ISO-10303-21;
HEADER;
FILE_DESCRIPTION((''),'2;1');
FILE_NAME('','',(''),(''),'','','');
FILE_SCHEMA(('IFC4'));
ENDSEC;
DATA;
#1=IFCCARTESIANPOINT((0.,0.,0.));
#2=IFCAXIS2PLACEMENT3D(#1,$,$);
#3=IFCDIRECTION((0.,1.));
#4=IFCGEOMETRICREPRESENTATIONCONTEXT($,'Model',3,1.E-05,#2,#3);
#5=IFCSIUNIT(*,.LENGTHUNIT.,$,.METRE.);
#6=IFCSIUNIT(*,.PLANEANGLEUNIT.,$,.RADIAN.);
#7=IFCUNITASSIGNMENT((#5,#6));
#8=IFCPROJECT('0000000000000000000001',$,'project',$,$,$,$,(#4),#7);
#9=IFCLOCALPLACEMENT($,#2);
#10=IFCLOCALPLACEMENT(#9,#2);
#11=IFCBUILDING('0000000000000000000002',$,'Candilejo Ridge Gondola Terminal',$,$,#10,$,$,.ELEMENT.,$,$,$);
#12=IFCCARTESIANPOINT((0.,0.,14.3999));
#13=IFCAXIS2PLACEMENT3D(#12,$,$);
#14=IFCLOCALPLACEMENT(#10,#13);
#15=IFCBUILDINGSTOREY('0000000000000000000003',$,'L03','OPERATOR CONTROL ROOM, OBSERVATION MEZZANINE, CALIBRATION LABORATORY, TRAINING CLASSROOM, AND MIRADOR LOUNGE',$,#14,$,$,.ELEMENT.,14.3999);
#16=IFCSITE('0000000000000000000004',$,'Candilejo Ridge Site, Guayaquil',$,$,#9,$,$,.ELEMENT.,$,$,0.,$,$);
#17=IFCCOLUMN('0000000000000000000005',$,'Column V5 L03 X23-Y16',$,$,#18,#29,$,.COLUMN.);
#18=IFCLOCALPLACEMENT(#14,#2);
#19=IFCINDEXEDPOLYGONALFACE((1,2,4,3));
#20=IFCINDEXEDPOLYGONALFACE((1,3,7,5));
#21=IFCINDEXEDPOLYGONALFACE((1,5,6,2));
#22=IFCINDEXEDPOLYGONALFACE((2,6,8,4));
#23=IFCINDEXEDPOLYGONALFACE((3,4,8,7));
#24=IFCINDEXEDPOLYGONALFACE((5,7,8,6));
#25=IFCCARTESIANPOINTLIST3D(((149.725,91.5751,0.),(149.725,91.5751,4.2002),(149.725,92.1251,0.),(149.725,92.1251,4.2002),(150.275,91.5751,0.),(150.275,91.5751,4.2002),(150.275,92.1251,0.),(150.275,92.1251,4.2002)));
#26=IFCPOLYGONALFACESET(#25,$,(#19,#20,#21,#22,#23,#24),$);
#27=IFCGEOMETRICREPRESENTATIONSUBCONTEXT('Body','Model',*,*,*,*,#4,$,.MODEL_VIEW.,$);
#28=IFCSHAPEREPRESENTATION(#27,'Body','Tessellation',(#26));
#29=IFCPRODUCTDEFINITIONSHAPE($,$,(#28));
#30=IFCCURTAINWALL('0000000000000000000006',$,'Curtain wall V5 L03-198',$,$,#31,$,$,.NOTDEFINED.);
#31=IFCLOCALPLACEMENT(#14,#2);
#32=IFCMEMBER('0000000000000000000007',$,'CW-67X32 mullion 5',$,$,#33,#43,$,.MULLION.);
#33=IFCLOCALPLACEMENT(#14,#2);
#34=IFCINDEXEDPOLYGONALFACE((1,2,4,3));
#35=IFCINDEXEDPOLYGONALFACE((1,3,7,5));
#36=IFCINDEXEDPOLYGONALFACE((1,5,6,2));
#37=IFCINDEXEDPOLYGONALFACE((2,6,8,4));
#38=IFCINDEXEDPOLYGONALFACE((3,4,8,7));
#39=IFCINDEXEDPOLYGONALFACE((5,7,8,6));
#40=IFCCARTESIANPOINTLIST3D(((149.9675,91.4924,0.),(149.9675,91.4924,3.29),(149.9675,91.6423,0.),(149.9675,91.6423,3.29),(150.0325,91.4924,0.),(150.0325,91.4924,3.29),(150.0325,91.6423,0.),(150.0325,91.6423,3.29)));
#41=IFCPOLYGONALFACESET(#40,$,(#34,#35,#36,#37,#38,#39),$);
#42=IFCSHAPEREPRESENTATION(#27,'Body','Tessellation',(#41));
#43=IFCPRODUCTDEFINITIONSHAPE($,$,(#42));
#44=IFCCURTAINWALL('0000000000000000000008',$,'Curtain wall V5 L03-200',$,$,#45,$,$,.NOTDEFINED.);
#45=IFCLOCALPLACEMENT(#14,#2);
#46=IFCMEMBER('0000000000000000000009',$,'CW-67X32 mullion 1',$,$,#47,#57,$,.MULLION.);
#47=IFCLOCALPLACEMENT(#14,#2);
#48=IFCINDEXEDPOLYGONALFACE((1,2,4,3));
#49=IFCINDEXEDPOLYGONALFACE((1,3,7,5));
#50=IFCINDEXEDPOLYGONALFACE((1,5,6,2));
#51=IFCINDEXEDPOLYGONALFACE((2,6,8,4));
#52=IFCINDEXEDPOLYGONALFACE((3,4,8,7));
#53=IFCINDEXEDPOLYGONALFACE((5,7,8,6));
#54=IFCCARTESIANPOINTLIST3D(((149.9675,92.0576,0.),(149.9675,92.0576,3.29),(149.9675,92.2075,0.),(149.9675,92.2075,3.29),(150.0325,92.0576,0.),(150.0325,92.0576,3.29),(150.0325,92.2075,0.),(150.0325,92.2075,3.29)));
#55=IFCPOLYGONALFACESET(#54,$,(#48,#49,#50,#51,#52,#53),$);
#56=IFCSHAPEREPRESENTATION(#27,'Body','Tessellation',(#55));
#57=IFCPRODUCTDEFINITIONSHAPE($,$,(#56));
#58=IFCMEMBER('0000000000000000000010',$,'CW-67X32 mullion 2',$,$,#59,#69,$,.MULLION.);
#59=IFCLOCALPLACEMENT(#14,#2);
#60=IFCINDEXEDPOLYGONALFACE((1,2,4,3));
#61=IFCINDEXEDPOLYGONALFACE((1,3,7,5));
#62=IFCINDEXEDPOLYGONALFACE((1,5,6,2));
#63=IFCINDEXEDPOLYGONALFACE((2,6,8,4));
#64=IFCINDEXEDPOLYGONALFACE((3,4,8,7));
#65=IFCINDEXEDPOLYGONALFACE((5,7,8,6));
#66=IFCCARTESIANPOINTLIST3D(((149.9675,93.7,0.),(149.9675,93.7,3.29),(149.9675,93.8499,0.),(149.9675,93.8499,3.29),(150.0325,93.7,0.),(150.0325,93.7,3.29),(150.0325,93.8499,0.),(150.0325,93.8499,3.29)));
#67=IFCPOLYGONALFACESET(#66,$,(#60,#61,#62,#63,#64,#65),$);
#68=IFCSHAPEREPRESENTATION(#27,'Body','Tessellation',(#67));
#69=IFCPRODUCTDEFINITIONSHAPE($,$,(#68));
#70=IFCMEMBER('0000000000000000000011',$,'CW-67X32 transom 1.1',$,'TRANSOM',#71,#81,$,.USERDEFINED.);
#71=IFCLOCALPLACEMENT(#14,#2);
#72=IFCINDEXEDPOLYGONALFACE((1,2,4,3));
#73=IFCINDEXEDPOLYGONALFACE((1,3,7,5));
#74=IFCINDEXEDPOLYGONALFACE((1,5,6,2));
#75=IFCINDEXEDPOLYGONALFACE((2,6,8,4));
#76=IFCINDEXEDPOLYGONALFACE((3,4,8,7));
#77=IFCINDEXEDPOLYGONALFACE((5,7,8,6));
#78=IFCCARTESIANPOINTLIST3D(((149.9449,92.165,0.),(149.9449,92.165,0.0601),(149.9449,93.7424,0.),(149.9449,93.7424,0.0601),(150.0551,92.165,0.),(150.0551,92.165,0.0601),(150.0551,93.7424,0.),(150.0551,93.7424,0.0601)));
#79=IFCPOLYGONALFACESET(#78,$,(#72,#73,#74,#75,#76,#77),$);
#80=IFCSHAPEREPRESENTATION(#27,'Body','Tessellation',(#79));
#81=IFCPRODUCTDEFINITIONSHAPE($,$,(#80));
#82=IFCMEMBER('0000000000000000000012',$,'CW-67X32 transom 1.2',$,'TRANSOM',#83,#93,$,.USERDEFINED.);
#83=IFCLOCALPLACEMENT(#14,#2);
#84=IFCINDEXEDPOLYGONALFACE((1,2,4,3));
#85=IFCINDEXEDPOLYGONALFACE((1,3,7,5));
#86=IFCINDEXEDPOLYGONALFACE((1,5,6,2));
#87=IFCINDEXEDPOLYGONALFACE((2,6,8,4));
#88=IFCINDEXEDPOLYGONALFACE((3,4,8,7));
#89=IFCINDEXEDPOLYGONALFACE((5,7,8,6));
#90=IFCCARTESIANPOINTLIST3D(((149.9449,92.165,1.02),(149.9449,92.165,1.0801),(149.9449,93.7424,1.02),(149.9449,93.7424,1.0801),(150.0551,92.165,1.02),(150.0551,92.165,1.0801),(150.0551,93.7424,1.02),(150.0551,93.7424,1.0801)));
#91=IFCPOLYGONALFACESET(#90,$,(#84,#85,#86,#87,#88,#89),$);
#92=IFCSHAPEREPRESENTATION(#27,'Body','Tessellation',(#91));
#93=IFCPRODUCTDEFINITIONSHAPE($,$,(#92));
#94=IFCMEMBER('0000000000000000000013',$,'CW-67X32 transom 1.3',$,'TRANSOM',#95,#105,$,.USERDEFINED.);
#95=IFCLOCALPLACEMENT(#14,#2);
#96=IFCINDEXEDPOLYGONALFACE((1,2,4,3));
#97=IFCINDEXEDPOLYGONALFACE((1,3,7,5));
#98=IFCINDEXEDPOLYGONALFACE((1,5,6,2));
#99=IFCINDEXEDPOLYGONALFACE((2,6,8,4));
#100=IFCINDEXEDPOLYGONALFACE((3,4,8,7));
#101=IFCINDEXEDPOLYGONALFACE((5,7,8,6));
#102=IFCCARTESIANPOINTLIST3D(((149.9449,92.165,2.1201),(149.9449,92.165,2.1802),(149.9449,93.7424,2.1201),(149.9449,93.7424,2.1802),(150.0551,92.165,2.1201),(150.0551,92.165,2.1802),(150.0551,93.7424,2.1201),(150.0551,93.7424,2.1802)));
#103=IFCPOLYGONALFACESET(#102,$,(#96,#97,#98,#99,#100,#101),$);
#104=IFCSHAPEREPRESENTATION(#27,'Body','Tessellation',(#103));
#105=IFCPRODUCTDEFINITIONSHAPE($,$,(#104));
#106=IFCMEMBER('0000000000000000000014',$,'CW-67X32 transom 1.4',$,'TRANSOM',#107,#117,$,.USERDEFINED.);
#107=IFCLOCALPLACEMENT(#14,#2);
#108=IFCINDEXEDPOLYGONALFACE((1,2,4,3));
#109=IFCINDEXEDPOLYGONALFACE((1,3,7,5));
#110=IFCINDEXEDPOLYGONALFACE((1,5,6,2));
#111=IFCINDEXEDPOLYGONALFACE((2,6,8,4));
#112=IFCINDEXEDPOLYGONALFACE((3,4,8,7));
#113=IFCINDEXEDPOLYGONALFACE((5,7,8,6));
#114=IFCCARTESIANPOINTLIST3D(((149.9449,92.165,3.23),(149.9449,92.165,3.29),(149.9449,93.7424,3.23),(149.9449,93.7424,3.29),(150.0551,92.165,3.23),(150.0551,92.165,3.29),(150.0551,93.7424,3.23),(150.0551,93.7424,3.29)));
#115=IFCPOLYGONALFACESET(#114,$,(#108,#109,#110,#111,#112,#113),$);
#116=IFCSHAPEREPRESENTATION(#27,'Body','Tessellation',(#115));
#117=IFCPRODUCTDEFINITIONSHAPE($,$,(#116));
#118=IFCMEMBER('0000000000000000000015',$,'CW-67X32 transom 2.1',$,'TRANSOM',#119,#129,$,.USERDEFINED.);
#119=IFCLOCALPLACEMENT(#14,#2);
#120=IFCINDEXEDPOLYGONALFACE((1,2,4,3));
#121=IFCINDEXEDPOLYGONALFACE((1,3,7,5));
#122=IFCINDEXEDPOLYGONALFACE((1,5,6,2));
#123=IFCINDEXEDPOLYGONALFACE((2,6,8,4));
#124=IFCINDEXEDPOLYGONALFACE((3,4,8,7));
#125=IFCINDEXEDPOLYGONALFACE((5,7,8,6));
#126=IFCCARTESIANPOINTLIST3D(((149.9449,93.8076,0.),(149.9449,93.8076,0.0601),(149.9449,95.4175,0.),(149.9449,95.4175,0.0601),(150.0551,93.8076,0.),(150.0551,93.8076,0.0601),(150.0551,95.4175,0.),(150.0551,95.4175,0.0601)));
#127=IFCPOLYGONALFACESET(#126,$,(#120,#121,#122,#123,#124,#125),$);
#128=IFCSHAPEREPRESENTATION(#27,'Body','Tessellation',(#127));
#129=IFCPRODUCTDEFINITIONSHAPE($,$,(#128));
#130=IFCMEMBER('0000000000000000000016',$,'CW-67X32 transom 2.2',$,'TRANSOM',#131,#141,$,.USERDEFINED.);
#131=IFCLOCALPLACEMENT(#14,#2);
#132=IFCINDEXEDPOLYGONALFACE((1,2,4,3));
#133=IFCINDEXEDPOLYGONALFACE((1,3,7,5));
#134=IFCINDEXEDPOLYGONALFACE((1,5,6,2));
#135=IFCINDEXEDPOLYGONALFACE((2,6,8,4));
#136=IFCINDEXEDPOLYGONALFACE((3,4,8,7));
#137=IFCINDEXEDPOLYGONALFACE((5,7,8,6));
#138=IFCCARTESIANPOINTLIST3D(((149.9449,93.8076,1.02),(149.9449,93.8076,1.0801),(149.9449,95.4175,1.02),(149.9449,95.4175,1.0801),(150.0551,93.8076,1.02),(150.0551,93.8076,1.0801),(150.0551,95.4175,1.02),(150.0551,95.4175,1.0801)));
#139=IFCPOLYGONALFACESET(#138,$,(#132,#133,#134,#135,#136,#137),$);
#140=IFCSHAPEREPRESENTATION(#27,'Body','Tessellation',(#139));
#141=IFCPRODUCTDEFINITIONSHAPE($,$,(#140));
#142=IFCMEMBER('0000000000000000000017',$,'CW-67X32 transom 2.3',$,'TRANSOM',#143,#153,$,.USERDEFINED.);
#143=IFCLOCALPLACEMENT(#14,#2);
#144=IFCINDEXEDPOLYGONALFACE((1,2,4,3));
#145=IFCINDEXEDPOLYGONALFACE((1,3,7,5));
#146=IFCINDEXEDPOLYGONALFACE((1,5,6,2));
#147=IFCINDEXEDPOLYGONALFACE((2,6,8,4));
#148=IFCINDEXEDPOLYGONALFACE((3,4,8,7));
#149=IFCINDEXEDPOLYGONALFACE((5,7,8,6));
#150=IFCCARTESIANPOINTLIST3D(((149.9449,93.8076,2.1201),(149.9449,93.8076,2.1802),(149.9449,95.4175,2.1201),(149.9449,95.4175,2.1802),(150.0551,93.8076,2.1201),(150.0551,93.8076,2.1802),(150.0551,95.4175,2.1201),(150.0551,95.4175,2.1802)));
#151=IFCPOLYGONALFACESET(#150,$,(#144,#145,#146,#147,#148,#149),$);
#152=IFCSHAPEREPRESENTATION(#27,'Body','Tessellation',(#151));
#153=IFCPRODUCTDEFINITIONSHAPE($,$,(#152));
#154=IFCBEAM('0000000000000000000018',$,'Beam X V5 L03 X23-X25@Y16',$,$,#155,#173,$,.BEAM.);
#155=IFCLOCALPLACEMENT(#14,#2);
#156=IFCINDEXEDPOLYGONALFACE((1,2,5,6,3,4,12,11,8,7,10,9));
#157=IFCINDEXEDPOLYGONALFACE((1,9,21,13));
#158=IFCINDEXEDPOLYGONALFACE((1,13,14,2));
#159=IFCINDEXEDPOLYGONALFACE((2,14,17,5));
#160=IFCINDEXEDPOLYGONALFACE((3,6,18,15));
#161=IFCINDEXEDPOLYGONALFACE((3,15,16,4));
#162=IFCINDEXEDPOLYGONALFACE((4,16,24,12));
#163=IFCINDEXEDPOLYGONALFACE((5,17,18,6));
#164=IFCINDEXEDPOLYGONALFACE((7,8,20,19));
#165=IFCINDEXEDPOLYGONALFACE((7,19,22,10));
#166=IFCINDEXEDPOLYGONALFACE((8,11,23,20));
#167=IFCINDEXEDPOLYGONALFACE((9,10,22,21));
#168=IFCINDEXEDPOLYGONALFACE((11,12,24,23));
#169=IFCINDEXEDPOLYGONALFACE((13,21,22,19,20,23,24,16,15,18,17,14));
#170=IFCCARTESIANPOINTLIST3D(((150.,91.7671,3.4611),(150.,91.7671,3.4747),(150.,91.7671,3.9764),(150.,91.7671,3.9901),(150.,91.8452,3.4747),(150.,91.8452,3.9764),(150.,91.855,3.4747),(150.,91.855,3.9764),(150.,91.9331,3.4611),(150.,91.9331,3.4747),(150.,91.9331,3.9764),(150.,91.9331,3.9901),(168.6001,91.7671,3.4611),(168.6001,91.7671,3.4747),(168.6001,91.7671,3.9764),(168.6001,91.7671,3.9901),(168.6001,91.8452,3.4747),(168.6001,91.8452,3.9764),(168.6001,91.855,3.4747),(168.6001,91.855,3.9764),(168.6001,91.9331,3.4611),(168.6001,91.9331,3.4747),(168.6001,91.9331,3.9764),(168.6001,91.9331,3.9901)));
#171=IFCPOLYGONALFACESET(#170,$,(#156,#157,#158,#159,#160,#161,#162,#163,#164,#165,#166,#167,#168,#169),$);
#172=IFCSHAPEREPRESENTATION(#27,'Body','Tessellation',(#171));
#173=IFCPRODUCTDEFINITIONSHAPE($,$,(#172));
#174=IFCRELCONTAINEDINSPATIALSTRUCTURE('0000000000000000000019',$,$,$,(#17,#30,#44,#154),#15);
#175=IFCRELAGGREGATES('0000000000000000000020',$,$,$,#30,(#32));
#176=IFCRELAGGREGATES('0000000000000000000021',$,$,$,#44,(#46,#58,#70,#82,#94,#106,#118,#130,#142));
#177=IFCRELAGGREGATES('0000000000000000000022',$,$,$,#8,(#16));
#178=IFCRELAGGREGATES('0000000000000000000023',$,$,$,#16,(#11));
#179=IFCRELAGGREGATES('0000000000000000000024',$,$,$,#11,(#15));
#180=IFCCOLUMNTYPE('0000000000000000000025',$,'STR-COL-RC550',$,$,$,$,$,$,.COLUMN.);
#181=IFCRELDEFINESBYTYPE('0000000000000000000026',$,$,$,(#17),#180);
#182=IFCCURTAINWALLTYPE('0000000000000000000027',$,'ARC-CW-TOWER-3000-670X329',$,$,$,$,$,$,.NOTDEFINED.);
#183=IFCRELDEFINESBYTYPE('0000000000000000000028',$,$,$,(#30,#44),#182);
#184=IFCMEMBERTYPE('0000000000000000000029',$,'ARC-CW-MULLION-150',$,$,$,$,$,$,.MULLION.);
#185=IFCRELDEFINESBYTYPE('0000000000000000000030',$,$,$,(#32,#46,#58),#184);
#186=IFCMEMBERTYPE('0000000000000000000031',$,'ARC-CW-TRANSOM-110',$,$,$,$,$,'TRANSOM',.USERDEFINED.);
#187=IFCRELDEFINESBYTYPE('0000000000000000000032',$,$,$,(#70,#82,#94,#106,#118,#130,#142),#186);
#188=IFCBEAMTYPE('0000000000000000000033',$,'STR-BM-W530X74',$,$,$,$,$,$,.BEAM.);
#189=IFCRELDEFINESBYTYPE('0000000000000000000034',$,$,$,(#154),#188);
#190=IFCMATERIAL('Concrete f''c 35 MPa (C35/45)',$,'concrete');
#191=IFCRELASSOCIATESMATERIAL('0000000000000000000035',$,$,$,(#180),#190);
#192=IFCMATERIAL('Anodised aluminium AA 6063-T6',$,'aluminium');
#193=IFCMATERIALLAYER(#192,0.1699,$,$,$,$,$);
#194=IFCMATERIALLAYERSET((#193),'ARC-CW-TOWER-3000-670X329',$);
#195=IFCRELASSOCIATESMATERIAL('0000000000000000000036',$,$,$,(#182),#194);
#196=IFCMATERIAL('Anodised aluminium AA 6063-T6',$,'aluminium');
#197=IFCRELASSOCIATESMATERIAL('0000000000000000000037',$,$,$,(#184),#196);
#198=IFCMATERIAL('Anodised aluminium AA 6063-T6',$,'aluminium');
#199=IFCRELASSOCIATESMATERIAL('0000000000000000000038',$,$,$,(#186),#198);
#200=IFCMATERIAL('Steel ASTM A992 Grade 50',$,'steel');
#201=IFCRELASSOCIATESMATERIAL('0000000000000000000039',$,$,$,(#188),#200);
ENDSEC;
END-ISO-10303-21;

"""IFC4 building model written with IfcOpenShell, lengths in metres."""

from ifc_helpers import new_model, si_unit, direction, frame, origin, origin_2d, place, context, subcontext, project, spatial, rectangle, i_section, extrude, material, layer, layer_set, material_profile, profile_set, type_object, element, aggregate, save


model = new_model("IFC4")

# Units and contexts
model_context = context("Model", 3, precision=1e-05, world=origin(), true_north=direction((0.0, 1.0)))
body_context = subcontext(model_context, "Body", "Model", "MODEL_VIEW")
ifc_project = project(units=[si_unit("LENGTHUNIT", "METRE"), si_unit("PLANEANGLEUNIT", "RADIAN")], contexts=[model_context])

# Site, building, storey
site_placement = place(None, origin())
site = spatial("IfcSite", under=ifc_project, at=site_placement, Name="Candilejo Ridge Site, Guayaquil", CompositionType="ELEMENT", RefElevation=0.0)
building_placement = place(site_placement, origin())
building = spatial("IfcBuilding", under=site, at=building_placement, Name="Candilejo Ridge Gondola Terminal", CompositionType="ELEMENT")
storey_placement = place(building_placement, frame((0.0, 0.0, 14.3999)))
storey = spatial("IfcBuildingStorey", under=building, at=storey_placement, Name="L03", Description="OPERATOR CONTROL ROOM, OBSERVATION MEZZANINE, CALIBRATION LABORATORY, TRAINING CLASSROOM, AND MIRADOR LOUNGE", CompositionType="ELEMENT", Elevation=14.3999)

# Column
ifc_material_1 = material(Name="Concrete f'c 35 MPa (C35/45)", Category="concrete")
ifc_material_profile_1 = material_profile(ifc_material_1, rectangle(XDim=0.55, YDim=0.55, at=origin_2d()))
ifc_profile_set_1 = profile_set([ifc_material_profile_1], Name="Concrete f'c 35 MPa (C35/45)")
column_type = type_object("IfcColumnType", Name="STR-COL-RC550", PredefinedType="COLUMN", material=ifc_profile_set_1)
column_placement = place(storey_placement, frame((150.0, 91.8501, 0.0), z_axis=(0.0, 0.0, 1.0), x_axis=(1.0, 0.0, 0.0)))
element("IfcColumn", 1, at=column_placement, inside=storey, type_object=column_type, Name="Column V5 L03 X23-Y16", PredefinedType="COLUMN", context=body_context, shape_type="SweptSolid", body=[
    extrude(rectangle(XDim=0.55, YDim=0.55, at=origin_2d()), origin(), (0.0, 0.0, 1.0), 4.2002),
])

# Curtain wall, member
ifc_material_2 = material(Name="Anodised aluminium AA 6063-T6", Category="aluminium")
ifc_layer_1 = layer(ifc_material_2, 0.1699)
ifc_layer_set_1 = layer_set([ifc_layer_1], Name="ARC-CW-TOWER-3000-670X329")
curtain_wall_type = type_object("IfcCurtainWallType", Name="ARC-CW-TOWER-3000-670X329", PredefinedType="NOTDEFINED", material=ifc_layer_set_1)
curtain_wall_1_placement = place(storey_placement, origin())
curtain_wall_1 = element("IfcCurtainWall", 2, at=curtain_wall_1_placement, inside=storey, type_object=curtain_wall_type, Name="Curtain wall V5 L03-198", PredefinedType="NOTDEFINED")
ifc_material_3 = material(Name="Anodised aluminium AA 6063-T6", Category="aluminium")
ifc_material_profile_2 = material_profile(ifc_material_3, rectangle(XDim=0.0649, YDim=0.1499, at=origin_2d()))
ifc_profile_set_2 = profile_set([ifc_material_profile_2], Name="Anodised aluminium AA 6063-T6")
member_type_1 = type_object("IfcMemberType", Name="ARC-CW-MULLION-150", PredefinedType="MULLION", material=ifc_profile_set_2)
member_1_placement = place(storey_placement, frame((150.0, 91.5674, 0.0), z_axis=(0.0, 0.0, 1.0), x_axis=(-1.0, 0.0, 0.0)))
member_1 = element("IfcMember", 3, at=member_1_placement, type_object=member_type_1, Name="CW-67X32 mullion 5", PredefinedType="MULLION", context=body_context, shape_type="SweptSolid", body=[
    extrude(rectangle(XDim=0.0649, YDim=0.1499, at=origin_2d()), origin(), (0.0, 0.0, 1.0), 3.29),
])

# Curtain wall, members
curtain_wall_2_placement = place(storey_placement, origin())
curtain_wall_2 = element("IfcCurtainWall", 4, at=curtain_wall_2_placement, inside=storey, type_object=curtain_wall_type, Name="Curtain wall V5 L03-200", PredefinedType="NOTDEFINED")
member_2_placement = place(storey_placement, frame((150.0, 92.1326, 0.0), z_axis=(0.0, 0.0, 1.0), x_axis=(-1.0, 0.0, 0.0)))
member_2 = element("IfcMember", 5, at=member_2_placement, type_object=member_type_1, Name="CW-67X32 mullion 1", PredefinedType="MULLION", context=body_context, shape_type="SweptSolid", body=[
    extrude(rectangle(XDim=0.0649, YDim=0.1499, at=origin_2d()), origin(), (0.0, 0.0, 1.0), 3.29),
])
member_3_placement = place(storey_placement, frame((150.0, 93.7749, 0.0), z_axis=(0.0, 0.0, 1.0), x_axis=(-1.0, 0.0, 0.0)))
member_3 = element("IfcMember", 6, at=member_3_placement, type_object=member_type_1, Name="CW-67X32 mullion 2", PredefinedType="MULLION", context=body_context, shape_type="SweptSolid", body=[
    extrude(rectangle(XDim=0.0649, YDim=0.1499, at=origin_2d()), origin(), (0.0, 0.0, 1.0), 3.29),
])
ifc_material_4 = material(Name="Anodised aluminium AA 6063-T6", Category="aluminium")
ifc_material_profile_3 = material_profile(ifc_material_4, rectangle(XDim=0.1101, YDim=0.0601, at=origin_2d()))
ifc_profile_set_3 = profile_set([ifc_material_profile_3], Name="Anodised aluminium AA 6063-T6")
member_type_2 = type_object("IfcMemberType", Name="ARC-CW-TRANSOM-110", ElementType="TRANSOM", PredefinedType="USERDEFINED", material=ifc_profile_set_3)
member_4_placement = place(storey_placement, frame((150.0, 92.165, 0.03), z_axis=(0.0, 1.0, 0.0), x_axis=(-1.0, 0.0, 0.0)))
member_4 = element("IfcMember", 7, at=member_4_placement, type_object=member_type_2, Name="CW-67X32 transom 1.1", ObjectType="TRANSOM", PredefinedType="USERDEFINED", context=body_context, shape_type="SweptSolid", body=[
    extrude(rectangle(XDim=0.1101, YDim=0.0601, at=origin_2d()), origin(), (0.0, 0.0, 1.0), 1.5774),
])
member_5_placement = place(storey_placement, frame((150.0, 92.165, 1.05), z_axis=(0.0, 1.0, 0.0), x_axis=(-1.0, 0.0, 0.0)))
member_5 = element("IfcMember", 8, at=member_5_placement, type_object=member_type_2, Name="CW-67X32 transom 1.2", ObjectType="TRANSOM", PredefinedType="USERDEFINED", context=body_context, shape_type="SweptSolid", body=[
    extrude(rectangle(XDim=0.1101, YDim=0.0601, at=origin_2d()), origin(), (0.0, 0.0, 1.0), 1.5774),
])
member_6_placement = place(storey_placement, frame((150.0, 92.165, 2.1501), z_axis=(0.0, 1.0, 0.0), x_axis=(-1.0, 0.0, 0.0)))
member_6 = element("IfcMember", 9, at=member_6_placement, type_object=member_type_2, Name="CW-67X32 transom 1.3", ObjectType="TRANSOM", PredefinedType="USERDEFINED", context=body_context, shape_type="SweptSolid", body=[
    extrude(rectangle(XDim=0.1101, YDim=0.0601, at=origin_2d()), origin(), (0.0, 0.0, 1.0), 1.5774),
])
member_7_placement = place(storey_placement, frame((150.0, 92.165, 3.26), z_axis=(0.0, 1.0, 0.0), x_axis=(-1.0, 0.0, 0.0)))
member_7 = element("IfcMember", 10, at=member_7_placement, type_object=member_type_2, Name="CW-67X32 transom 1.4", ObjectType="TRANSOM", PredefinedType="USERDEFINED", context=body_context, shape_type="SweptSolid", body=[
    extrude(rectangle(XDim=0.1101, YDim=0.0601, at=origin_2d()), origin(), (0.0, 0.0, 1.0), 1.5774),
])
member_8_placement = place(storey_placement, frame((150.0, 93.8076, 0.03), z_axis=(0.0, 1.0, 0.0), x_axis=(-1.0, 0.0, 0.0)))
member_8 = element("IfcMember", 11, at=member_8_placement, type_object=member_type_2, Name="CW-67X32 transom 2.1", ObjectType="TRANSOM", PredefinedType="USERDEFINED", context=body_context, shape_type="SweptSolid", body=[
    extrude(rectangle(XDim=0.1101, YDim=0.0601, at=origin_2d()), origin(), (0.0, 0.0, 1.0), 1.6099),
])
member_9_placement = place(storey_placement, frame((150.0, 93.8076, 1.05), z_axis=(0.0, 1.0, 0.0), x_axis=(-1.0, 0.0, 0.0)))
member_9 = element("IfcMember", 12, at=member_9_placement, type_object=member_type_2, Name="CW-67X32 transom 2.2", ObjectType="TRANSOM", PredefinedType="USERDEFINED", context=body_context, shape_type="SweptSolid", body=[
    extrude(rectangle(XDim=0.1101, YDim=0.0601, at=origin_2d()), origin(), (0.0, 0.0, 1.0), 1.6099),
])
member_10_placement = place(storey_placement, frame((150.0, 93.8076, 2.1501), z_axis=(0.0, 1.0, 0.0), x_axis=(-1.0, 0.0, 0.0)))
member_10 = element("IfcMember", 13, at=member_10_placement, type_object=member_type_2, Name="CW-67X32 transom 2.3", ObjectType="TRANSOM", PredefinedType="USERDEFINED", context=body_context, shape_type="SweptSolid", body=[
    extrude(rectangle(XDim=0.1101, YDim=0.0601, at=origin_2d()), origin(), (0.0, 0.0, 1.0), 1.6099),
])

# Beam
ifc_material_5 = material(Name="Steel ASTM A992 Grade 50", Category="steel")
ifc_material_profile_4 = material_profile(ifc_material_5, i_section(OverallWidth=0.166, OverallDepth=0.5291, WebThickness=0.0098, FlangeThickness=0.0137, at=origin_2d()))
ifc_profile_set_4 = profile_set([ifc_material_profile_4], Name="Steel ASTM A992 Grade 50")
beam_type_1 = type_object("IfcBeamType", Name="STR-BM-W530X74", PredefinedType="BEAM", material=ifc_profile_set_4)
beam_1_placement = place(storey_placement, frame((150.0, 91.8501, 3.7256), z_axis=(1.0, 0.0, 0.0), x_axis=(0.0, 1.0, 0.0)))
element("IfcBeam", 14, at=beam_1_placement, inside=storey, type_object=beam_type_1, Name="Beam X V5 L03 X23-X25@Y16", PredefinedType="BEAM", context=body_context, shape_type="SweptSolid", body=[
    extrude(i_section(OverallWidth=0.166, OverallDepth=0.5291, WebThickness=0.0098, FlangeThickness=0.0137, at=origin_2d()), origin(), (0.0, 0.0, 1.0), 18.6001),
])

aggregate(curtain_wall_1, [member_1])
aggregate(curtain_wall_2, [member_2, member_3, member_4, member_5, member_6, member_7, member_8, member_9, member_10])

save(model, "model.ifc")
